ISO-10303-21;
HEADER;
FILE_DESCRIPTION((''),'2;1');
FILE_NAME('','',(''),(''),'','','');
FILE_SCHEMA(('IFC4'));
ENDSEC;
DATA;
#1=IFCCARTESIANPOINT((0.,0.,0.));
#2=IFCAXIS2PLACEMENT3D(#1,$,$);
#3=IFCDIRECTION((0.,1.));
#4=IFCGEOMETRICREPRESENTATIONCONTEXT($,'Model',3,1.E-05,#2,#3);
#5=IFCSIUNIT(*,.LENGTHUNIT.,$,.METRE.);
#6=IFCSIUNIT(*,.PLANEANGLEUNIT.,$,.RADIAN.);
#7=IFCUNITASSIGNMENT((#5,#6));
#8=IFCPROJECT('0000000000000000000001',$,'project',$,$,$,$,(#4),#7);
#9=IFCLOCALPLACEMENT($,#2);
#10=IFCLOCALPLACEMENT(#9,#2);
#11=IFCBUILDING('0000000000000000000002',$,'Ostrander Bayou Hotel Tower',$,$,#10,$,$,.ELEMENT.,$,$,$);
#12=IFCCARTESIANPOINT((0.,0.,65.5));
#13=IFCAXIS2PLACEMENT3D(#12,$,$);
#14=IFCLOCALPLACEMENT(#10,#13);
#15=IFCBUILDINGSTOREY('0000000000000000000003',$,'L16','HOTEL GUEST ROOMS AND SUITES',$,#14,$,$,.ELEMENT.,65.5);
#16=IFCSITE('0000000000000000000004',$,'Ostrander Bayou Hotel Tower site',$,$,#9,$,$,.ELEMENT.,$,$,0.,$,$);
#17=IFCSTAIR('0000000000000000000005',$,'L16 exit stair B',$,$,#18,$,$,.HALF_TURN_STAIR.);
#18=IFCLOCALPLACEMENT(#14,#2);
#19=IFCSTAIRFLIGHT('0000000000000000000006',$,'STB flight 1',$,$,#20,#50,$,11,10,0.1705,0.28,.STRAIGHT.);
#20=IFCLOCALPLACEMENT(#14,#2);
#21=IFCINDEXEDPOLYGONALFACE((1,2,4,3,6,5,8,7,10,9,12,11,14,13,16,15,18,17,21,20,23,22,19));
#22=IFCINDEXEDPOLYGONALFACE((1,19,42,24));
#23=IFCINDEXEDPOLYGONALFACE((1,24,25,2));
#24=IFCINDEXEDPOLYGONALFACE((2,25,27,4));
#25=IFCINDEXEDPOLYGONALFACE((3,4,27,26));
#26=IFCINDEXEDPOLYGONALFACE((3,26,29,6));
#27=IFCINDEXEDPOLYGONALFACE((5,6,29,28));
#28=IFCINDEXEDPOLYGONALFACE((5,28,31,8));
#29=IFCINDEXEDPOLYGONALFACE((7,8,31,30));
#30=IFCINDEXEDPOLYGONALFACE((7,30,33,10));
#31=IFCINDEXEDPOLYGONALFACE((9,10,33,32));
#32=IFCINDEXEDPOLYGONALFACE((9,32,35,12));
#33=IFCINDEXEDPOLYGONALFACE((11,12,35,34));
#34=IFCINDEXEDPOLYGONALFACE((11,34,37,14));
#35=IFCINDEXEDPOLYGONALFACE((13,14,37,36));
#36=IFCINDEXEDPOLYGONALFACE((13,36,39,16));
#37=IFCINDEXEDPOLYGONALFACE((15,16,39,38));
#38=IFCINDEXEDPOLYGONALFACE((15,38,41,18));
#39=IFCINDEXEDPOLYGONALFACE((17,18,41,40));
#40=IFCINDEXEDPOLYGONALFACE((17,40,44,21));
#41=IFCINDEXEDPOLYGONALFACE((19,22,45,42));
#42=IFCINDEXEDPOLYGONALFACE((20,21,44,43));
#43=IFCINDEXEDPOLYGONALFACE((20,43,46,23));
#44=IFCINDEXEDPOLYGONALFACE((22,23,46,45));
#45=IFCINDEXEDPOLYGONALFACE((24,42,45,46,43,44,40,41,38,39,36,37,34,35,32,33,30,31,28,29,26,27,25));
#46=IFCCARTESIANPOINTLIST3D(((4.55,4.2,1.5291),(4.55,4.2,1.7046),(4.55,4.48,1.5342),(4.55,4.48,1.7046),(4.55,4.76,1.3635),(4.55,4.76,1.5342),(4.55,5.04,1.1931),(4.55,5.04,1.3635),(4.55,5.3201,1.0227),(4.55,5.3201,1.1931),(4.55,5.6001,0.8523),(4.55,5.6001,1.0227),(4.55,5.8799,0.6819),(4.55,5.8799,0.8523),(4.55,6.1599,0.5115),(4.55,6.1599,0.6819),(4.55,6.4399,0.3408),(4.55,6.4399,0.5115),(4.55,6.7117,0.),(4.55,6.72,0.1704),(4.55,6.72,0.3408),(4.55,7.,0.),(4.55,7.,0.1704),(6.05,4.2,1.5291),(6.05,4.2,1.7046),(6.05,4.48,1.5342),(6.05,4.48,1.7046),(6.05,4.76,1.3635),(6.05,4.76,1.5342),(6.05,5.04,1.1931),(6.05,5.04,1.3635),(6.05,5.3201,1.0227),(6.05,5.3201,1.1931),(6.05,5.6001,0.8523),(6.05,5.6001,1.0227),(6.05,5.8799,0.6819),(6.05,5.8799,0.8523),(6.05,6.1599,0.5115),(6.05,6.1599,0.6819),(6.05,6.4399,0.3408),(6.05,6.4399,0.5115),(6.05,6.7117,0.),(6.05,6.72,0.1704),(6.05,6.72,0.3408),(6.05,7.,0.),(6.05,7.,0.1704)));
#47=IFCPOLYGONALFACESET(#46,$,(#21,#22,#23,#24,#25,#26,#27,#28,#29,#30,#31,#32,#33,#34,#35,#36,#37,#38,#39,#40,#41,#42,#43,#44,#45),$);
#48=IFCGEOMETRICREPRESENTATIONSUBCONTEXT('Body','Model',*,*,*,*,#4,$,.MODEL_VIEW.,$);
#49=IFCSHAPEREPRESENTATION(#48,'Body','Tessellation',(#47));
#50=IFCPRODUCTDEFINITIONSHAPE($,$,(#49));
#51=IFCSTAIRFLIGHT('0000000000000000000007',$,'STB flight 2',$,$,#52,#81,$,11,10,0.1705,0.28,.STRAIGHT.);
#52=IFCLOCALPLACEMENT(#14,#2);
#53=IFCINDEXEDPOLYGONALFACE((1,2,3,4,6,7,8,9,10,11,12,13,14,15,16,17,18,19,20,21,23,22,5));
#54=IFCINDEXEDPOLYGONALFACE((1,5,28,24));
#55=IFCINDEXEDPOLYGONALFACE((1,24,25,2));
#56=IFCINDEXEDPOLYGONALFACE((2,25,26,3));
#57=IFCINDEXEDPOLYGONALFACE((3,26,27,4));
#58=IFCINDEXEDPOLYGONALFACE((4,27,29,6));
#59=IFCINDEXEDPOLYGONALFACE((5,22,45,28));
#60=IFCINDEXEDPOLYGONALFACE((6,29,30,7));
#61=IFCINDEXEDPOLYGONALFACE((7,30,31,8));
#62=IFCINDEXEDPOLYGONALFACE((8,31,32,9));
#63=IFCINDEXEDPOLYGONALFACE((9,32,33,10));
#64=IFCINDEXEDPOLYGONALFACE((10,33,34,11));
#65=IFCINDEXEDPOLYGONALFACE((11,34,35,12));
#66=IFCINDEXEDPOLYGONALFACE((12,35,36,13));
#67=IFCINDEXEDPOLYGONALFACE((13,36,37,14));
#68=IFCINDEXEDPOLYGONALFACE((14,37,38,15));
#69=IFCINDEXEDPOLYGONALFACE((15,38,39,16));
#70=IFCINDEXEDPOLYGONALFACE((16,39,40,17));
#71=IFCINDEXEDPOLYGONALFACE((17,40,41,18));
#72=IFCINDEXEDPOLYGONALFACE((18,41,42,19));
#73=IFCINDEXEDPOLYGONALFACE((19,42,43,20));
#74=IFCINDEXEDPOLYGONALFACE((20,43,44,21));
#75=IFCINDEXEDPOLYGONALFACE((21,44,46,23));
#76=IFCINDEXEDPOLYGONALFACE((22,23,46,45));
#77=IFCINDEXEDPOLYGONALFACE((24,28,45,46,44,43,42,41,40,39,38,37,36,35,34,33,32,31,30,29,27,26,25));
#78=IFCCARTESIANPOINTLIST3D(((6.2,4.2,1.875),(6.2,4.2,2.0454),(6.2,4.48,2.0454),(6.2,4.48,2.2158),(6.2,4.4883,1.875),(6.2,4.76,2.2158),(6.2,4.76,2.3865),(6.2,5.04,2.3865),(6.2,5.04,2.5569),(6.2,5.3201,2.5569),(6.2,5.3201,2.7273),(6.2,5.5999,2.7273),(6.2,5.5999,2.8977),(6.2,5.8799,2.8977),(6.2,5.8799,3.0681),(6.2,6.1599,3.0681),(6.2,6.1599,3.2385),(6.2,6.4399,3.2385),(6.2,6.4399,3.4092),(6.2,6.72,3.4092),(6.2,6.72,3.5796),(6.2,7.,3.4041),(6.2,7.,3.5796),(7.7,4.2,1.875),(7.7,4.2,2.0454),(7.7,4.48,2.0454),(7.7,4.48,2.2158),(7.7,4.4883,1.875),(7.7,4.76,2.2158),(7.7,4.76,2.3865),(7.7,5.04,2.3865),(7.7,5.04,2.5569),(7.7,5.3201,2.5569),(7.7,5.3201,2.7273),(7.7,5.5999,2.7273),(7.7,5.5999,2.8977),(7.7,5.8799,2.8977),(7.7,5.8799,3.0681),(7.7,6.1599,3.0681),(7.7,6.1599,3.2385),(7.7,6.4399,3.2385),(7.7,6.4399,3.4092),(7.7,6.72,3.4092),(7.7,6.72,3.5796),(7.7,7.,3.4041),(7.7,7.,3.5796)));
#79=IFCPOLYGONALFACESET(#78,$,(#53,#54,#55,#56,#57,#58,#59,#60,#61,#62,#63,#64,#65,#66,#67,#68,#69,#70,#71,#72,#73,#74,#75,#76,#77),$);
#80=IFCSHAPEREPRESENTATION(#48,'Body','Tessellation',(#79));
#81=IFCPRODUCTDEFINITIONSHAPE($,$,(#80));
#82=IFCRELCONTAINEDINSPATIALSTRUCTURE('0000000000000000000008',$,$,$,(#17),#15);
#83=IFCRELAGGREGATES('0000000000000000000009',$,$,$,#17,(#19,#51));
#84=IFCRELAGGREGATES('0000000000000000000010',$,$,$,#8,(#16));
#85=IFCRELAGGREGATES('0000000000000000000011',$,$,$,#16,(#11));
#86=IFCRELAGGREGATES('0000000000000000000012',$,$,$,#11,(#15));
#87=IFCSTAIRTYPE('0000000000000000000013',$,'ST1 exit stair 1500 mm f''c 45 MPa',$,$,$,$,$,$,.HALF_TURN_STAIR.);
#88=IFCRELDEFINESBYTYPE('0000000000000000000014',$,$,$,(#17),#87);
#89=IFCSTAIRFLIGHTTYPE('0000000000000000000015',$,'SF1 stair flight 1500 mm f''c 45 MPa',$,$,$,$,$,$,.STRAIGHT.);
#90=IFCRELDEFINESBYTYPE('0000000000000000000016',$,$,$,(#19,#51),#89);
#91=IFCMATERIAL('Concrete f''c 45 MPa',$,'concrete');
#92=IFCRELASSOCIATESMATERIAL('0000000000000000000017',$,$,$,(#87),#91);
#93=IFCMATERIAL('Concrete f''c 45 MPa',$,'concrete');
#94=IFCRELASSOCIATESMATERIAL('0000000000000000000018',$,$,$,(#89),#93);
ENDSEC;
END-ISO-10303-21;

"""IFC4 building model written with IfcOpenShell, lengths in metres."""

from ifc_helpers import new_model, si_unit, direction, frame, origin, place, context, subcontext, project, spatial, polyline, outline, extrude, material, type_object, element, aggregate, save


model = new_model("IFC4")

# Units and contexts
model_context = context("Model", 3, precision=1e-05, world=origin(), true_north=direction((0.0, 1.0)))
body_context = subcontext(model_context, "Body", "Model", "MODEL_VIEW")
ifc_project = project(units=[si_unit("LENGTHUNIT", "METRE"), si_unit("PLANEANGLEUNIT", "RADIAN")], contexts=[model_context])

# Site, building, storey
site_placement = place(None, origin())
site = spatial("IfcSite", under=ifc_project, at=site_placement, Name="Ostrander Bayou Hotel Tower site", CompositionType="ELEMENT", RefElevation=0.0)
building_placement = place(site_placement, origin())
building = spatial("IfcBuilding", under=site, at=building_placement, Name="Ostrander Bayou Hotel Tower", CompositionType="ELEMENT")
storey_placement = place(building_placement, frame((0.0, 0.0, 65.5)))
storey = spatial("IfcBuildingStorey", under=building, at=storey_placement, Name="L16", Description="HOTEL GUEST ROOMS AND SUITES", CompositionType="ELEMENT", Elevation=65.5)

# Stair, stair flights
ifc_material_1 = material(Name="Concrete f'c 45 MPa", Category="concrete")
stair_type = type_object("IfcStairType", Name="ST1 exit stair 1500 mm f'c 45 MPa", PredefinedType="HALF_TURN_STAIR", material=ifc_material_1)
stair_placement = place(storey_placement, origin())
stair = element("IfcStair", 1, at=stair_placement, inside=storey, type_object=stair_type, Name="L16 exit stair B", PredefinedType="HALF_TURN_STAIR")
ifc_material_2 = material(Name="Concrete f'c 45 MPa", Category="concrete")
stair_flight_type = type_object("IfcStairFlightType", Name="SF1 stair flight 1500 mm f'c 45 MPa", PredefinedType="STRAIGHT", material=ifc_material_2)
stair_flight_1_placement = place(storey_placement, frame((5.3, 7.0, 0.0), z_axis=(0.0, 0.0, 1.0), x_axis=(0.0, -1.0, 0.0)))
stair_flight_1 = element("IfcStairFlight", 2, at=stair_flight_1_placement, type_object=stair_flight_type, Name="STB flight 1", NumberOfRisers=11, NumberOfTreads=10, PredefinedType="STRAIGHT", RiserHeight=0.1705, TreadLength=0.28, context=body_context, shape_type="SweptSolid", body=[
    extrude(outline(polyline([(0.0, 0.0), (0.0, 0.1704), (0.28, 0.1704), (0.28, 0.3408), (0.5601, 0.3408), (0.5601, 0.5115), (0.8401, 0.5115), (0.8401, 0.6819), (1.1201, 0.6819), (1.1201, 0.8523), (1.3999, 0.8523), (1.3999, 1.0227), (1.6799, 1.0227), (1.6799, 1.1931), (1.96, 1.1931), (1.96, 1.3635), (2.24, 1.3635), (2.24, 1.5342), (2.52, 1.5342), (2.52, 1.7046), (2.8, 1.7046), (2.8, 1.875), (2.8, 1.5291), (0.2883, 0.0), (0.0, 0.0)])), frame((0.0, 0.75, 0.0), z_axis=(0.0, -1.0, 0.0), x_axis=(1.0, 0.0, 0.0)), (0.0, 0.0, 1.0), 1.5),
])
stair_flight_2_placement = place(storey_placement, frame((6.95, 4.2, 1.875), z_axis=(0.0, 0.0, 1.0), x_axis=(0.0, 1.0, 0.0)))
stair_flight_2 = element("IfcStairFlight", 3, at=stair_flight_2_placement, type_object=stair_flight_type, Name="STB flight 2", NumberOfRisers=11, NumberOfTreads=10, PredefinedType="STRAIGHT", RiserHeight=0.1705, TreadLength=0.28, context=body_context, shape_type="SweptSolid", body=[
    extrude(outline(polyline([(0.0, 0.0), (0.0, 0.1704), (0.28, 0.1704), (0.28, 0.3408), (0.5601, 0.3408), (0.5601, 0.5115), (0.8401, 0.5115), (0.8401, 0.6819), (1.1201, 0.6819), (1.1201, 0.8523), (1.3999, 0.8523), (1.3999, 1.0227), (1.6799, 1.0227), (1.6799, 1.1931), (1.96, 1.1931), (1.96, 1.3635), (2.24, 1.3635), (2.24, 1.5342), (2.52, 1.5342), (2.52, 1.7046), (2.8, 1.7046), (2.8, 1.875), (2.8, 1.5291), (0.2883, 0.0), (0.0, 0.0)])), frame((0.0, 0.75, 0.0), z_axis=(0.0, -1.0, 0.0), x_axis=(1.0, 0.0, 0.0)), (0.0, 0.0, 1.0), 1.5),
])
aggregate(stair, [stair_flight_1, stair_flight_2])

save(model, "model.ifc")
